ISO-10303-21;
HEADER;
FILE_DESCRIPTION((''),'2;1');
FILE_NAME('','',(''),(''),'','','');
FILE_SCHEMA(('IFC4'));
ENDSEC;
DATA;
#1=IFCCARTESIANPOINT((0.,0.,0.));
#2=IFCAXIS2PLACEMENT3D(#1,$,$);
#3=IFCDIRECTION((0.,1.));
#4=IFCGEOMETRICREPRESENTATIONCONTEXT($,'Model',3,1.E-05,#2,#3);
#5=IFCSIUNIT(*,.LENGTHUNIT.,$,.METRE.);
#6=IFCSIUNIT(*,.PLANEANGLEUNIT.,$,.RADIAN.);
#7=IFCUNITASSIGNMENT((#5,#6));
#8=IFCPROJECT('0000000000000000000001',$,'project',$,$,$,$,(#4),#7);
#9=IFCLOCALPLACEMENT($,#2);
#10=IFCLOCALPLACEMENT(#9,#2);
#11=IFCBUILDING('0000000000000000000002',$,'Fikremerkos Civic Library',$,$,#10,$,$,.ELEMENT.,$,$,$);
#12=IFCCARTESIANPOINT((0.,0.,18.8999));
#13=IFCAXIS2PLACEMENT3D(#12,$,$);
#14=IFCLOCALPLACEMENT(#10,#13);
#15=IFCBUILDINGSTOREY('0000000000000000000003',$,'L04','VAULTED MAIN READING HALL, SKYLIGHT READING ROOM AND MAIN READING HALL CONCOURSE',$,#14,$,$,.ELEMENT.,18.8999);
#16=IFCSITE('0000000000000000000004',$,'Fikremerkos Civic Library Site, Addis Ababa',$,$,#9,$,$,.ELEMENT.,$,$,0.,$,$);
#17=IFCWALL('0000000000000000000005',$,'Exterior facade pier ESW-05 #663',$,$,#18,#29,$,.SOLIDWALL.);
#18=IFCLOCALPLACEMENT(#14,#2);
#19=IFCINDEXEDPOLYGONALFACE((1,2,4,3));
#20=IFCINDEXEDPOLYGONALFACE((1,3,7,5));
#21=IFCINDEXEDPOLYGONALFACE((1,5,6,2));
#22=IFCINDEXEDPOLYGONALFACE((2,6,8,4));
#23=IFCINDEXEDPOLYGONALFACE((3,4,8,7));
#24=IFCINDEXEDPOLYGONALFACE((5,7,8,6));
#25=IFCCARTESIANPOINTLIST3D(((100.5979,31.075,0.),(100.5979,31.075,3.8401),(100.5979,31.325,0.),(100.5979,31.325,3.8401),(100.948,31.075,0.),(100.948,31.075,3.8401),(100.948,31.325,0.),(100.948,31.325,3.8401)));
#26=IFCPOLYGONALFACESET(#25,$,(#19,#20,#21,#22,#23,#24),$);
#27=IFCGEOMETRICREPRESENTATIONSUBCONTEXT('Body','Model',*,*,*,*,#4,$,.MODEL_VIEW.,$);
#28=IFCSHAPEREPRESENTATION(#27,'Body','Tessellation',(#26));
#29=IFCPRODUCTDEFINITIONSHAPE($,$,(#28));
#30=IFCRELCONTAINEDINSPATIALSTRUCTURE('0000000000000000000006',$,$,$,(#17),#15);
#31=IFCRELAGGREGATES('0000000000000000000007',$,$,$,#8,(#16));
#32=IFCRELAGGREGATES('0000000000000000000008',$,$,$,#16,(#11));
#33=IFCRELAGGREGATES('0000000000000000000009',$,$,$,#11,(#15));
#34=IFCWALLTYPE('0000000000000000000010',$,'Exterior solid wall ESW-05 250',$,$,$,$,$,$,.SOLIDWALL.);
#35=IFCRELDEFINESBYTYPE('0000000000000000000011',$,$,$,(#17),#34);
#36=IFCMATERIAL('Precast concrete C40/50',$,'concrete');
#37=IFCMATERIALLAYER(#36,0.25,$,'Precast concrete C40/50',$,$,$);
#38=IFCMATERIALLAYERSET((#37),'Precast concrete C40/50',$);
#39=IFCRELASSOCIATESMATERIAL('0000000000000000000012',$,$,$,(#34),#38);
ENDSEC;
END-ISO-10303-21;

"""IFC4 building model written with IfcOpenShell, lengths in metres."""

from ifc_helpers import new_model, si_unit, direction, frame, frame_2d, origin, place, context, subcontext, project, spatial, rectangle, extrude, material, layer, layer_set, type_object, element, save


model = new_model("IFC4")

# Units and contexts
model_context = context("Model", 3, precision=1e-05, world=origin(), true_north=direction((0.0, 1.0)))
body_context = subcontext(model_context, "Body", "Model", "MODEL_VIEW")
ifc_project = project(units=[si_unit("LENGTHUNIT", "METRE"), si_unit("PLANEANGLEUNIT", "RADIAN")], contexts=[model_context])

# Site, building, storey
site_placement = place(None, origin())
site = spatial("IfcSite", under=ifc_project, at=site_placement, Name="Fikremerkos Civic Library Site, Addis Ababa", CompositionType="ELEMENT", RefElevation=0.0)
building_placement = place(site_placement, origin())
building = spatial("IfcBuilding", under=site, at=building_placement, Name="Fikremerkos Civic Library", CompositionType="ELEMENT")
storey_placement = place(building_placement, frame((0.0, 0.0, 18.8999)))
storey = spatial("IfcBuildingStorey", under=building, at=storey_placement, Name="L04", Description="VAULTED MAIN READING HALL, SKYLIGHT READING ROOM AND MAIN READING HALL CONCOURSE", CompositionType="ELEMENT", Elevation=18.8999)

# Wall
ifc_material_1 = material(Name="Precast concrete C40/50", Category="concrete")
ifc_layer_1 = layer(ifc_material_1, 0.25, Name="Precast concrete C40/50")
ifc_layer_set_1 = layer_set([ifc_layer_1], Name="Precast concrete C40/50")
wall_type_1 = type_object("IfcWallType", Name="Exterior solid wall ESW-05 250", PredefinedType="SOLIDWALL", material=ifc_layer_set_1)
wall_1_placement = place(storey_placement, frame((100.5979, 31.2, 0.0), z_axis=(0.0, 0.0, 1.0), x_axis=(1.0, 0.0, 0.0)))
element("IfcWall", 1, at=wall_1_placement, inside=storey, type_object=wall_type_1, Name="Exterior facade pier ESW-05 #663", PredefinedType="SOLIDWALL", context=body_context, shape_type="SweptSolid", body=[
    extrude(rectangle(XDim=0.3501, YDim=0.25, at=frame_2d((0.175, 0.0))), origin(), (0.0, 0.0, 1.0), 3.8401),
])

save(model, "model.ifc")
